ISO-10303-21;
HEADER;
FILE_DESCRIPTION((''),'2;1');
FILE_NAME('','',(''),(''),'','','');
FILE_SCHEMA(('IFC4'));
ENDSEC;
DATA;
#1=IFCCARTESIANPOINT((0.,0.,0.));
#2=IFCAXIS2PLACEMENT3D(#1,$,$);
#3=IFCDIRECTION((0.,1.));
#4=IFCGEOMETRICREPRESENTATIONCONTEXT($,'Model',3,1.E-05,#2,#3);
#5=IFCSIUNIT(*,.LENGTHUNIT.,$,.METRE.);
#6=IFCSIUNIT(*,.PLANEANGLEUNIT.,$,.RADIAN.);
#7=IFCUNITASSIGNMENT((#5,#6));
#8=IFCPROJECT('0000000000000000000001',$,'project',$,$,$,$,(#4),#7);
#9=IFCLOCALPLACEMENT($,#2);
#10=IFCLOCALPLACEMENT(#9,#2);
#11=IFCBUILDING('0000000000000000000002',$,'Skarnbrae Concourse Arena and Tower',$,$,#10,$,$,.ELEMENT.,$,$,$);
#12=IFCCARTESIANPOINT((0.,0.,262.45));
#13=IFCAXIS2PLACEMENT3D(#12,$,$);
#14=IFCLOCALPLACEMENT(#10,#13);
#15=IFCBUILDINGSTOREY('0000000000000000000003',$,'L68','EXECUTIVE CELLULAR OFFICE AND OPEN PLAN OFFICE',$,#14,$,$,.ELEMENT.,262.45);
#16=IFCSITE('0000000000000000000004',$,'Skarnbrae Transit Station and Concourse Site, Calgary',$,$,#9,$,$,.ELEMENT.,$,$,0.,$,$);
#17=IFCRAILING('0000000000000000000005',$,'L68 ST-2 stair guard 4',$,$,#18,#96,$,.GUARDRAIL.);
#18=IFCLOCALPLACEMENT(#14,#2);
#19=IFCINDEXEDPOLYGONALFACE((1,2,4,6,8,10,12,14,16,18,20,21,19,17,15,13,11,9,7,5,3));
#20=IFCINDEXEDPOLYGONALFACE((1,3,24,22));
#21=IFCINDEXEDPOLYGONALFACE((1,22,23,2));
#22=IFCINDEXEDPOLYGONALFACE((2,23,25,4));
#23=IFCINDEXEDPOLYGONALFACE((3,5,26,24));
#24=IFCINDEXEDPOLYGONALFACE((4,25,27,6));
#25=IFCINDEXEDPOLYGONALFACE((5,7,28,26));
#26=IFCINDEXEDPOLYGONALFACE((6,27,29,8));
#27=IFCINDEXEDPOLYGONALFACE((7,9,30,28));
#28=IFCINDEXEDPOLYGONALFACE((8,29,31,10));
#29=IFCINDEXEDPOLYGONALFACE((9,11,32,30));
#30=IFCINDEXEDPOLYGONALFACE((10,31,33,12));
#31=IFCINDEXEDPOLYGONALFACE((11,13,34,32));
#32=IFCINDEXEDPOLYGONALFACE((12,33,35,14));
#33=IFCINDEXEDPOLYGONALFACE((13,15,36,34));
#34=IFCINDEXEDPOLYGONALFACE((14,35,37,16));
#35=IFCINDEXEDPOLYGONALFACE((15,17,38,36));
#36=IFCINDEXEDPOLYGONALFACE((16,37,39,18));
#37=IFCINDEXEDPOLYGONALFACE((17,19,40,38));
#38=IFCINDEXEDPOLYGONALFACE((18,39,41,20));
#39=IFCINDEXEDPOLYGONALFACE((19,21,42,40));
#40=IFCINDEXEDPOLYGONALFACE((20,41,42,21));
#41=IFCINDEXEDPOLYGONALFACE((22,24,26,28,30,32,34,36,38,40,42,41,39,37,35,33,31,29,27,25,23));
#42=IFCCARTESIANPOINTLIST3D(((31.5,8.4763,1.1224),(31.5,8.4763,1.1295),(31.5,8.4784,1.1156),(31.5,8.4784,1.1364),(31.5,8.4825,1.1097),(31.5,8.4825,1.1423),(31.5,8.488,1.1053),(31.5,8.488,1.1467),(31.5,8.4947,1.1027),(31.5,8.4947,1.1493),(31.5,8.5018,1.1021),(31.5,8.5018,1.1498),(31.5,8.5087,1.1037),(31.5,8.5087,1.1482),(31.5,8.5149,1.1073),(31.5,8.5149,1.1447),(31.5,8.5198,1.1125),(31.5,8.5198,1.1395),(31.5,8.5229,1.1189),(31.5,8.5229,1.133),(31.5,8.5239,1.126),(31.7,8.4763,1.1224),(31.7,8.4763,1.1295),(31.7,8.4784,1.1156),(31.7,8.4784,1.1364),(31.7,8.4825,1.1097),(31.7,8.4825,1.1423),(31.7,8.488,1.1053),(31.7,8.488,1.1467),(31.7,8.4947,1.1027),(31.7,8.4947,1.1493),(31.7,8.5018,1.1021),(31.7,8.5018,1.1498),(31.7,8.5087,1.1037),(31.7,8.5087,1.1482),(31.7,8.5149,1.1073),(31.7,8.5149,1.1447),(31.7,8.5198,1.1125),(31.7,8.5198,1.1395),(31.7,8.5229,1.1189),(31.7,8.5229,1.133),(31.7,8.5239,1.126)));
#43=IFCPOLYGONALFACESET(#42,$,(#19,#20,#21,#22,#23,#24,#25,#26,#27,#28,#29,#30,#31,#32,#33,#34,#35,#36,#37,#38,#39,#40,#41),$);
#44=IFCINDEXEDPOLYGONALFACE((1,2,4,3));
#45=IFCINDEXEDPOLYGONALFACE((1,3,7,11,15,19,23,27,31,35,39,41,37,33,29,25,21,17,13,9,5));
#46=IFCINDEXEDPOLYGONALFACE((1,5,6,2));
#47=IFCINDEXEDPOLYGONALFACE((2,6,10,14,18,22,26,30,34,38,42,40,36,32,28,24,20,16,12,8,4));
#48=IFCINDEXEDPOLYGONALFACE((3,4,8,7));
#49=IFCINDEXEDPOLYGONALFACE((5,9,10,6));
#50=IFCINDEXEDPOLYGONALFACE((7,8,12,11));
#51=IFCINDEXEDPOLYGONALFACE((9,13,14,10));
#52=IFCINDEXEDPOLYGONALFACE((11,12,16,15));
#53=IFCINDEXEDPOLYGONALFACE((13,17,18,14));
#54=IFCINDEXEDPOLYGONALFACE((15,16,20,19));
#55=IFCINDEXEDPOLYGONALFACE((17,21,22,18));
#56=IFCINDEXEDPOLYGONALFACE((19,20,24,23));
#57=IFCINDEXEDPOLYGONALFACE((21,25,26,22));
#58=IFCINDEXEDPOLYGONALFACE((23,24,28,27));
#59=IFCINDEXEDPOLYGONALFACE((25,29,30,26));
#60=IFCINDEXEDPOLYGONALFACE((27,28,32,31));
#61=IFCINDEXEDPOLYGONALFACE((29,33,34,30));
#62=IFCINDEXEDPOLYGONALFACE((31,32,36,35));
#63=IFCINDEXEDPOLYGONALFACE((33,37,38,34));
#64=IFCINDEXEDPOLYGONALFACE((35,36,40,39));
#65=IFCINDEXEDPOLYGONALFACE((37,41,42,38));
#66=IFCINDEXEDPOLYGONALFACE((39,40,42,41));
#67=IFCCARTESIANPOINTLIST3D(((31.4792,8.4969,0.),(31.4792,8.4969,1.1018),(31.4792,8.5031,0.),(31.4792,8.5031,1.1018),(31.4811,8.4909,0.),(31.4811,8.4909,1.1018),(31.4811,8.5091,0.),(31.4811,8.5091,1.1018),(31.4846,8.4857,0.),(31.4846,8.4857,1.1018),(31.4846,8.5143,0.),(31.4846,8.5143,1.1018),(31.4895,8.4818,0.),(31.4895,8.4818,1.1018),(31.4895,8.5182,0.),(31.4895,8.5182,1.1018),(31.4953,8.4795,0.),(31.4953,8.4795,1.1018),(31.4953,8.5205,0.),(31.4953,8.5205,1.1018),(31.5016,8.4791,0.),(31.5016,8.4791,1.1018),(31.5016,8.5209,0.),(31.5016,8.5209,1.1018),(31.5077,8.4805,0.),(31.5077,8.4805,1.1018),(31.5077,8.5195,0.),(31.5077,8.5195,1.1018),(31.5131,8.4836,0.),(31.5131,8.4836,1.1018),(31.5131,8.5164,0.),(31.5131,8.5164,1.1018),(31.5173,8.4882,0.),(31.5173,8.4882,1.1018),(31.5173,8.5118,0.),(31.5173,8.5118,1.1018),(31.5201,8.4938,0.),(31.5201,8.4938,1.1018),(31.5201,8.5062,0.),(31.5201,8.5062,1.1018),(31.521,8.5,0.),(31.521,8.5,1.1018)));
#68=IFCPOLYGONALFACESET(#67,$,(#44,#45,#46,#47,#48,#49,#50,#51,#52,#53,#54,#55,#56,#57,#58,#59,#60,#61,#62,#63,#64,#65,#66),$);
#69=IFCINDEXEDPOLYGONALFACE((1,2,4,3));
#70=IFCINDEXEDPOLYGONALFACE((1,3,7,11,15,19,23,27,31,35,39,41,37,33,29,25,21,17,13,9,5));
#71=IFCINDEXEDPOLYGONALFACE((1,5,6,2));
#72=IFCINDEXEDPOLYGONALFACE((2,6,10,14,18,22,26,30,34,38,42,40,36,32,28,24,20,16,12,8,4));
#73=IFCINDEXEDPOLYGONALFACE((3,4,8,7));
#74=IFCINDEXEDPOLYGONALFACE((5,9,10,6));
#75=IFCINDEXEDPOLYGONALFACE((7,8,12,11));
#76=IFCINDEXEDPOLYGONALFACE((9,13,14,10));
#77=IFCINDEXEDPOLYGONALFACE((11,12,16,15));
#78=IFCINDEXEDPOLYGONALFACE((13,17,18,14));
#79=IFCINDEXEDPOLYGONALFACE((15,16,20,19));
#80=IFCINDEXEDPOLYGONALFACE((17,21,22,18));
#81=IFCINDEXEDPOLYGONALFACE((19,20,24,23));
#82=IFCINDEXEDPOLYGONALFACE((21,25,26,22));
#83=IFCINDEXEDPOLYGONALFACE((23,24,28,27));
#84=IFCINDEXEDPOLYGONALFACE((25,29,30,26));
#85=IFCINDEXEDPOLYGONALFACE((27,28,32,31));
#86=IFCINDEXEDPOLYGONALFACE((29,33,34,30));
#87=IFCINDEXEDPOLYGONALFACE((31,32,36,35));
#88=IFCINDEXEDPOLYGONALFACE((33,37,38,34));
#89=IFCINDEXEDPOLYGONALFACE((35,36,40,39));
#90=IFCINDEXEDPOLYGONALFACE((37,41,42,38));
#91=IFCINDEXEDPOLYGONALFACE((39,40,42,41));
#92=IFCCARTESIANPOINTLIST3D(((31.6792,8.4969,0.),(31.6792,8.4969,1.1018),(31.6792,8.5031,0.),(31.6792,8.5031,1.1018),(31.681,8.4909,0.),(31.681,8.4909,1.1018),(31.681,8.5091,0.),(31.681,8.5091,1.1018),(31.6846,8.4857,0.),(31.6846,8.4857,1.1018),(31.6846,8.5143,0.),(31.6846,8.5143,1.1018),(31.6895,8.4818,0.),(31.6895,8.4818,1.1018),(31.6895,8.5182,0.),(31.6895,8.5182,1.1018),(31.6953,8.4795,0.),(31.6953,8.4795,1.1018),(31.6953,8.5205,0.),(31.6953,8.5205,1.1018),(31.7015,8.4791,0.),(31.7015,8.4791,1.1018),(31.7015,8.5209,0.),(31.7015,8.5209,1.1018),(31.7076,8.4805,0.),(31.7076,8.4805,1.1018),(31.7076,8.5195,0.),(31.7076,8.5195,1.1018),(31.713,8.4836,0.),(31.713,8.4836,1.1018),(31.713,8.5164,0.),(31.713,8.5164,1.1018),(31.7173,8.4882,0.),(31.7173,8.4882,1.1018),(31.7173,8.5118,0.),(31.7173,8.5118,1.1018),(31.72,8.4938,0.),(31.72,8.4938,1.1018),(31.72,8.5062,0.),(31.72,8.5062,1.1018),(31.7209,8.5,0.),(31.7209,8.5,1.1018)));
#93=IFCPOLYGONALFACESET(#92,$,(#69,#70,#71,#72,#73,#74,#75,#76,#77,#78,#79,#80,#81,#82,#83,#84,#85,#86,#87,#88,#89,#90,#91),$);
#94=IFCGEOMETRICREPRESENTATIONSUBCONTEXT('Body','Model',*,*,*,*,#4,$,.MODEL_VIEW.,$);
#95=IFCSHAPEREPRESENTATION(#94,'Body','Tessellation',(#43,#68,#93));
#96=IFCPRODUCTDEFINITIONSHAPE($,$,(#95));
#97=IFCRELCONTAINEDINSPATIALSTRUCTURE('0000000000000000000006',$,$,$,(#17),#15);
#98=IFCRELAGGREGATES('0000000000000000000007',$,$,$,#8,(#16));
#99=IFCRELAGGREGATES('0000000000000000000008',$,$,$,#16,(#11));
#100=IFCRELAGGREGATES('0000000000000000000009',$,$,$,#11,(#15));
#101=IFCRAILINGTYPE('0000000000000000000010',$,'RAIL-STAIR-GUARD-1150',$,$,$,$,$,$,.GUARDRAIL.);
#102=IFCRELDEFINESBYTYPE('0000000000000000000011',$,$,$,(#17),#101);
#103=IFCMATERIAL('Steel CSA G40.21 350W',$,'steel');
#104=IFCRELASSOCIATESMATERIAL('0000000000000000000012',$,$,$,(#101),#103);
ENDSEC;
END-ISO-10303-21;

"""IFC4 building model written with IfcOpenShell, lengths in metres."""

from ifc_helpers import new_model, si_unit, direction, frame, origin, origin_2d, place, context, subcontext, project, spatial, circle, extrude, material, type_object, element, save


model = new_model("IFC4")

# Units and contexts
model_context = context("Model", 3, precision=1e-05, world=origin(), true_north=direction((0.0, 1.0)))
body_context = subcontext(model_context, "Body", "Model", "MODEL_VIEW")
ifc_project = project(units=[si_unit("LENGTHUNIT", "METRE"), si_unit("PLANEANGLEUNIT", "RADIAN")], contexts=[model_context])

# Site, building, storey
site_placement = place(None, origin())
site = spatial("IfcSite", under=ifc_project, at=site_placement, Name="Skarnbrae Transit Station and Concourse Site, Calgary", CompositionType="ELEMENT", RefElevation=0.0)
building_placement = place(site_placement, origin())
building = spatial("IfcBuilding", under=site, at=building_placement, Name="Skarnbrae Concourse Arena and Tower", CompositionType="ELEMENT")
storey_placement = place(building_placement, frame((0.0, 0.0, 262.45)))
storey = spatial("IfcBuildingStorey", under=building, at=storey_placement, Name="L68", Description="EXECUTIVE CELLULAR OFFICE AND OPEN PLAN OFFICE", CompositionType="ELEMENT", Elevation=262.45)

# Shared definitions
ifc_material_1 = material(Name="Steel CSA G40.21 350W", Category="steel")

# Railing
railing_type = type_object("IfcRailingType", Name="RAIL-STAIR-GUARD-1150", PredefinedType="GUARDRAIL", material=ifc_material_1)
railing_1_placement = place(storey_placement, frame((31.5, 8.5, 0.0)))
element("IfcRailing", 1, at=railing_1_placement, inside=storey, type_object=railing_type, Name="L68 ST-2 stair guard 4", PredefinedType="GUARDRAIL", context=body_context, shape_type="SweptSolid", body=[
    extrude(circle(Radius=0.0239, at=origin_2d()), frame((0.0, 0.0, 1.126), z_axis=(1.0, 0.0, 0.0), x_axis=(0.0, 1.0, 0.0)), (0.0, 0.0, 1.0), 0.2),
    extrude(circle(Radius=0.021, at=origin_2d()), origin(), (0.0, 0.0, 1.0), 1.1018),
    extrude(circle(Radius=0.021, at=origin_2d()), frame((0.2, 0.0, 0.0)), (0.0, 0.0, 1.0), 1.1018),
])

save(model, "model.ifc")
